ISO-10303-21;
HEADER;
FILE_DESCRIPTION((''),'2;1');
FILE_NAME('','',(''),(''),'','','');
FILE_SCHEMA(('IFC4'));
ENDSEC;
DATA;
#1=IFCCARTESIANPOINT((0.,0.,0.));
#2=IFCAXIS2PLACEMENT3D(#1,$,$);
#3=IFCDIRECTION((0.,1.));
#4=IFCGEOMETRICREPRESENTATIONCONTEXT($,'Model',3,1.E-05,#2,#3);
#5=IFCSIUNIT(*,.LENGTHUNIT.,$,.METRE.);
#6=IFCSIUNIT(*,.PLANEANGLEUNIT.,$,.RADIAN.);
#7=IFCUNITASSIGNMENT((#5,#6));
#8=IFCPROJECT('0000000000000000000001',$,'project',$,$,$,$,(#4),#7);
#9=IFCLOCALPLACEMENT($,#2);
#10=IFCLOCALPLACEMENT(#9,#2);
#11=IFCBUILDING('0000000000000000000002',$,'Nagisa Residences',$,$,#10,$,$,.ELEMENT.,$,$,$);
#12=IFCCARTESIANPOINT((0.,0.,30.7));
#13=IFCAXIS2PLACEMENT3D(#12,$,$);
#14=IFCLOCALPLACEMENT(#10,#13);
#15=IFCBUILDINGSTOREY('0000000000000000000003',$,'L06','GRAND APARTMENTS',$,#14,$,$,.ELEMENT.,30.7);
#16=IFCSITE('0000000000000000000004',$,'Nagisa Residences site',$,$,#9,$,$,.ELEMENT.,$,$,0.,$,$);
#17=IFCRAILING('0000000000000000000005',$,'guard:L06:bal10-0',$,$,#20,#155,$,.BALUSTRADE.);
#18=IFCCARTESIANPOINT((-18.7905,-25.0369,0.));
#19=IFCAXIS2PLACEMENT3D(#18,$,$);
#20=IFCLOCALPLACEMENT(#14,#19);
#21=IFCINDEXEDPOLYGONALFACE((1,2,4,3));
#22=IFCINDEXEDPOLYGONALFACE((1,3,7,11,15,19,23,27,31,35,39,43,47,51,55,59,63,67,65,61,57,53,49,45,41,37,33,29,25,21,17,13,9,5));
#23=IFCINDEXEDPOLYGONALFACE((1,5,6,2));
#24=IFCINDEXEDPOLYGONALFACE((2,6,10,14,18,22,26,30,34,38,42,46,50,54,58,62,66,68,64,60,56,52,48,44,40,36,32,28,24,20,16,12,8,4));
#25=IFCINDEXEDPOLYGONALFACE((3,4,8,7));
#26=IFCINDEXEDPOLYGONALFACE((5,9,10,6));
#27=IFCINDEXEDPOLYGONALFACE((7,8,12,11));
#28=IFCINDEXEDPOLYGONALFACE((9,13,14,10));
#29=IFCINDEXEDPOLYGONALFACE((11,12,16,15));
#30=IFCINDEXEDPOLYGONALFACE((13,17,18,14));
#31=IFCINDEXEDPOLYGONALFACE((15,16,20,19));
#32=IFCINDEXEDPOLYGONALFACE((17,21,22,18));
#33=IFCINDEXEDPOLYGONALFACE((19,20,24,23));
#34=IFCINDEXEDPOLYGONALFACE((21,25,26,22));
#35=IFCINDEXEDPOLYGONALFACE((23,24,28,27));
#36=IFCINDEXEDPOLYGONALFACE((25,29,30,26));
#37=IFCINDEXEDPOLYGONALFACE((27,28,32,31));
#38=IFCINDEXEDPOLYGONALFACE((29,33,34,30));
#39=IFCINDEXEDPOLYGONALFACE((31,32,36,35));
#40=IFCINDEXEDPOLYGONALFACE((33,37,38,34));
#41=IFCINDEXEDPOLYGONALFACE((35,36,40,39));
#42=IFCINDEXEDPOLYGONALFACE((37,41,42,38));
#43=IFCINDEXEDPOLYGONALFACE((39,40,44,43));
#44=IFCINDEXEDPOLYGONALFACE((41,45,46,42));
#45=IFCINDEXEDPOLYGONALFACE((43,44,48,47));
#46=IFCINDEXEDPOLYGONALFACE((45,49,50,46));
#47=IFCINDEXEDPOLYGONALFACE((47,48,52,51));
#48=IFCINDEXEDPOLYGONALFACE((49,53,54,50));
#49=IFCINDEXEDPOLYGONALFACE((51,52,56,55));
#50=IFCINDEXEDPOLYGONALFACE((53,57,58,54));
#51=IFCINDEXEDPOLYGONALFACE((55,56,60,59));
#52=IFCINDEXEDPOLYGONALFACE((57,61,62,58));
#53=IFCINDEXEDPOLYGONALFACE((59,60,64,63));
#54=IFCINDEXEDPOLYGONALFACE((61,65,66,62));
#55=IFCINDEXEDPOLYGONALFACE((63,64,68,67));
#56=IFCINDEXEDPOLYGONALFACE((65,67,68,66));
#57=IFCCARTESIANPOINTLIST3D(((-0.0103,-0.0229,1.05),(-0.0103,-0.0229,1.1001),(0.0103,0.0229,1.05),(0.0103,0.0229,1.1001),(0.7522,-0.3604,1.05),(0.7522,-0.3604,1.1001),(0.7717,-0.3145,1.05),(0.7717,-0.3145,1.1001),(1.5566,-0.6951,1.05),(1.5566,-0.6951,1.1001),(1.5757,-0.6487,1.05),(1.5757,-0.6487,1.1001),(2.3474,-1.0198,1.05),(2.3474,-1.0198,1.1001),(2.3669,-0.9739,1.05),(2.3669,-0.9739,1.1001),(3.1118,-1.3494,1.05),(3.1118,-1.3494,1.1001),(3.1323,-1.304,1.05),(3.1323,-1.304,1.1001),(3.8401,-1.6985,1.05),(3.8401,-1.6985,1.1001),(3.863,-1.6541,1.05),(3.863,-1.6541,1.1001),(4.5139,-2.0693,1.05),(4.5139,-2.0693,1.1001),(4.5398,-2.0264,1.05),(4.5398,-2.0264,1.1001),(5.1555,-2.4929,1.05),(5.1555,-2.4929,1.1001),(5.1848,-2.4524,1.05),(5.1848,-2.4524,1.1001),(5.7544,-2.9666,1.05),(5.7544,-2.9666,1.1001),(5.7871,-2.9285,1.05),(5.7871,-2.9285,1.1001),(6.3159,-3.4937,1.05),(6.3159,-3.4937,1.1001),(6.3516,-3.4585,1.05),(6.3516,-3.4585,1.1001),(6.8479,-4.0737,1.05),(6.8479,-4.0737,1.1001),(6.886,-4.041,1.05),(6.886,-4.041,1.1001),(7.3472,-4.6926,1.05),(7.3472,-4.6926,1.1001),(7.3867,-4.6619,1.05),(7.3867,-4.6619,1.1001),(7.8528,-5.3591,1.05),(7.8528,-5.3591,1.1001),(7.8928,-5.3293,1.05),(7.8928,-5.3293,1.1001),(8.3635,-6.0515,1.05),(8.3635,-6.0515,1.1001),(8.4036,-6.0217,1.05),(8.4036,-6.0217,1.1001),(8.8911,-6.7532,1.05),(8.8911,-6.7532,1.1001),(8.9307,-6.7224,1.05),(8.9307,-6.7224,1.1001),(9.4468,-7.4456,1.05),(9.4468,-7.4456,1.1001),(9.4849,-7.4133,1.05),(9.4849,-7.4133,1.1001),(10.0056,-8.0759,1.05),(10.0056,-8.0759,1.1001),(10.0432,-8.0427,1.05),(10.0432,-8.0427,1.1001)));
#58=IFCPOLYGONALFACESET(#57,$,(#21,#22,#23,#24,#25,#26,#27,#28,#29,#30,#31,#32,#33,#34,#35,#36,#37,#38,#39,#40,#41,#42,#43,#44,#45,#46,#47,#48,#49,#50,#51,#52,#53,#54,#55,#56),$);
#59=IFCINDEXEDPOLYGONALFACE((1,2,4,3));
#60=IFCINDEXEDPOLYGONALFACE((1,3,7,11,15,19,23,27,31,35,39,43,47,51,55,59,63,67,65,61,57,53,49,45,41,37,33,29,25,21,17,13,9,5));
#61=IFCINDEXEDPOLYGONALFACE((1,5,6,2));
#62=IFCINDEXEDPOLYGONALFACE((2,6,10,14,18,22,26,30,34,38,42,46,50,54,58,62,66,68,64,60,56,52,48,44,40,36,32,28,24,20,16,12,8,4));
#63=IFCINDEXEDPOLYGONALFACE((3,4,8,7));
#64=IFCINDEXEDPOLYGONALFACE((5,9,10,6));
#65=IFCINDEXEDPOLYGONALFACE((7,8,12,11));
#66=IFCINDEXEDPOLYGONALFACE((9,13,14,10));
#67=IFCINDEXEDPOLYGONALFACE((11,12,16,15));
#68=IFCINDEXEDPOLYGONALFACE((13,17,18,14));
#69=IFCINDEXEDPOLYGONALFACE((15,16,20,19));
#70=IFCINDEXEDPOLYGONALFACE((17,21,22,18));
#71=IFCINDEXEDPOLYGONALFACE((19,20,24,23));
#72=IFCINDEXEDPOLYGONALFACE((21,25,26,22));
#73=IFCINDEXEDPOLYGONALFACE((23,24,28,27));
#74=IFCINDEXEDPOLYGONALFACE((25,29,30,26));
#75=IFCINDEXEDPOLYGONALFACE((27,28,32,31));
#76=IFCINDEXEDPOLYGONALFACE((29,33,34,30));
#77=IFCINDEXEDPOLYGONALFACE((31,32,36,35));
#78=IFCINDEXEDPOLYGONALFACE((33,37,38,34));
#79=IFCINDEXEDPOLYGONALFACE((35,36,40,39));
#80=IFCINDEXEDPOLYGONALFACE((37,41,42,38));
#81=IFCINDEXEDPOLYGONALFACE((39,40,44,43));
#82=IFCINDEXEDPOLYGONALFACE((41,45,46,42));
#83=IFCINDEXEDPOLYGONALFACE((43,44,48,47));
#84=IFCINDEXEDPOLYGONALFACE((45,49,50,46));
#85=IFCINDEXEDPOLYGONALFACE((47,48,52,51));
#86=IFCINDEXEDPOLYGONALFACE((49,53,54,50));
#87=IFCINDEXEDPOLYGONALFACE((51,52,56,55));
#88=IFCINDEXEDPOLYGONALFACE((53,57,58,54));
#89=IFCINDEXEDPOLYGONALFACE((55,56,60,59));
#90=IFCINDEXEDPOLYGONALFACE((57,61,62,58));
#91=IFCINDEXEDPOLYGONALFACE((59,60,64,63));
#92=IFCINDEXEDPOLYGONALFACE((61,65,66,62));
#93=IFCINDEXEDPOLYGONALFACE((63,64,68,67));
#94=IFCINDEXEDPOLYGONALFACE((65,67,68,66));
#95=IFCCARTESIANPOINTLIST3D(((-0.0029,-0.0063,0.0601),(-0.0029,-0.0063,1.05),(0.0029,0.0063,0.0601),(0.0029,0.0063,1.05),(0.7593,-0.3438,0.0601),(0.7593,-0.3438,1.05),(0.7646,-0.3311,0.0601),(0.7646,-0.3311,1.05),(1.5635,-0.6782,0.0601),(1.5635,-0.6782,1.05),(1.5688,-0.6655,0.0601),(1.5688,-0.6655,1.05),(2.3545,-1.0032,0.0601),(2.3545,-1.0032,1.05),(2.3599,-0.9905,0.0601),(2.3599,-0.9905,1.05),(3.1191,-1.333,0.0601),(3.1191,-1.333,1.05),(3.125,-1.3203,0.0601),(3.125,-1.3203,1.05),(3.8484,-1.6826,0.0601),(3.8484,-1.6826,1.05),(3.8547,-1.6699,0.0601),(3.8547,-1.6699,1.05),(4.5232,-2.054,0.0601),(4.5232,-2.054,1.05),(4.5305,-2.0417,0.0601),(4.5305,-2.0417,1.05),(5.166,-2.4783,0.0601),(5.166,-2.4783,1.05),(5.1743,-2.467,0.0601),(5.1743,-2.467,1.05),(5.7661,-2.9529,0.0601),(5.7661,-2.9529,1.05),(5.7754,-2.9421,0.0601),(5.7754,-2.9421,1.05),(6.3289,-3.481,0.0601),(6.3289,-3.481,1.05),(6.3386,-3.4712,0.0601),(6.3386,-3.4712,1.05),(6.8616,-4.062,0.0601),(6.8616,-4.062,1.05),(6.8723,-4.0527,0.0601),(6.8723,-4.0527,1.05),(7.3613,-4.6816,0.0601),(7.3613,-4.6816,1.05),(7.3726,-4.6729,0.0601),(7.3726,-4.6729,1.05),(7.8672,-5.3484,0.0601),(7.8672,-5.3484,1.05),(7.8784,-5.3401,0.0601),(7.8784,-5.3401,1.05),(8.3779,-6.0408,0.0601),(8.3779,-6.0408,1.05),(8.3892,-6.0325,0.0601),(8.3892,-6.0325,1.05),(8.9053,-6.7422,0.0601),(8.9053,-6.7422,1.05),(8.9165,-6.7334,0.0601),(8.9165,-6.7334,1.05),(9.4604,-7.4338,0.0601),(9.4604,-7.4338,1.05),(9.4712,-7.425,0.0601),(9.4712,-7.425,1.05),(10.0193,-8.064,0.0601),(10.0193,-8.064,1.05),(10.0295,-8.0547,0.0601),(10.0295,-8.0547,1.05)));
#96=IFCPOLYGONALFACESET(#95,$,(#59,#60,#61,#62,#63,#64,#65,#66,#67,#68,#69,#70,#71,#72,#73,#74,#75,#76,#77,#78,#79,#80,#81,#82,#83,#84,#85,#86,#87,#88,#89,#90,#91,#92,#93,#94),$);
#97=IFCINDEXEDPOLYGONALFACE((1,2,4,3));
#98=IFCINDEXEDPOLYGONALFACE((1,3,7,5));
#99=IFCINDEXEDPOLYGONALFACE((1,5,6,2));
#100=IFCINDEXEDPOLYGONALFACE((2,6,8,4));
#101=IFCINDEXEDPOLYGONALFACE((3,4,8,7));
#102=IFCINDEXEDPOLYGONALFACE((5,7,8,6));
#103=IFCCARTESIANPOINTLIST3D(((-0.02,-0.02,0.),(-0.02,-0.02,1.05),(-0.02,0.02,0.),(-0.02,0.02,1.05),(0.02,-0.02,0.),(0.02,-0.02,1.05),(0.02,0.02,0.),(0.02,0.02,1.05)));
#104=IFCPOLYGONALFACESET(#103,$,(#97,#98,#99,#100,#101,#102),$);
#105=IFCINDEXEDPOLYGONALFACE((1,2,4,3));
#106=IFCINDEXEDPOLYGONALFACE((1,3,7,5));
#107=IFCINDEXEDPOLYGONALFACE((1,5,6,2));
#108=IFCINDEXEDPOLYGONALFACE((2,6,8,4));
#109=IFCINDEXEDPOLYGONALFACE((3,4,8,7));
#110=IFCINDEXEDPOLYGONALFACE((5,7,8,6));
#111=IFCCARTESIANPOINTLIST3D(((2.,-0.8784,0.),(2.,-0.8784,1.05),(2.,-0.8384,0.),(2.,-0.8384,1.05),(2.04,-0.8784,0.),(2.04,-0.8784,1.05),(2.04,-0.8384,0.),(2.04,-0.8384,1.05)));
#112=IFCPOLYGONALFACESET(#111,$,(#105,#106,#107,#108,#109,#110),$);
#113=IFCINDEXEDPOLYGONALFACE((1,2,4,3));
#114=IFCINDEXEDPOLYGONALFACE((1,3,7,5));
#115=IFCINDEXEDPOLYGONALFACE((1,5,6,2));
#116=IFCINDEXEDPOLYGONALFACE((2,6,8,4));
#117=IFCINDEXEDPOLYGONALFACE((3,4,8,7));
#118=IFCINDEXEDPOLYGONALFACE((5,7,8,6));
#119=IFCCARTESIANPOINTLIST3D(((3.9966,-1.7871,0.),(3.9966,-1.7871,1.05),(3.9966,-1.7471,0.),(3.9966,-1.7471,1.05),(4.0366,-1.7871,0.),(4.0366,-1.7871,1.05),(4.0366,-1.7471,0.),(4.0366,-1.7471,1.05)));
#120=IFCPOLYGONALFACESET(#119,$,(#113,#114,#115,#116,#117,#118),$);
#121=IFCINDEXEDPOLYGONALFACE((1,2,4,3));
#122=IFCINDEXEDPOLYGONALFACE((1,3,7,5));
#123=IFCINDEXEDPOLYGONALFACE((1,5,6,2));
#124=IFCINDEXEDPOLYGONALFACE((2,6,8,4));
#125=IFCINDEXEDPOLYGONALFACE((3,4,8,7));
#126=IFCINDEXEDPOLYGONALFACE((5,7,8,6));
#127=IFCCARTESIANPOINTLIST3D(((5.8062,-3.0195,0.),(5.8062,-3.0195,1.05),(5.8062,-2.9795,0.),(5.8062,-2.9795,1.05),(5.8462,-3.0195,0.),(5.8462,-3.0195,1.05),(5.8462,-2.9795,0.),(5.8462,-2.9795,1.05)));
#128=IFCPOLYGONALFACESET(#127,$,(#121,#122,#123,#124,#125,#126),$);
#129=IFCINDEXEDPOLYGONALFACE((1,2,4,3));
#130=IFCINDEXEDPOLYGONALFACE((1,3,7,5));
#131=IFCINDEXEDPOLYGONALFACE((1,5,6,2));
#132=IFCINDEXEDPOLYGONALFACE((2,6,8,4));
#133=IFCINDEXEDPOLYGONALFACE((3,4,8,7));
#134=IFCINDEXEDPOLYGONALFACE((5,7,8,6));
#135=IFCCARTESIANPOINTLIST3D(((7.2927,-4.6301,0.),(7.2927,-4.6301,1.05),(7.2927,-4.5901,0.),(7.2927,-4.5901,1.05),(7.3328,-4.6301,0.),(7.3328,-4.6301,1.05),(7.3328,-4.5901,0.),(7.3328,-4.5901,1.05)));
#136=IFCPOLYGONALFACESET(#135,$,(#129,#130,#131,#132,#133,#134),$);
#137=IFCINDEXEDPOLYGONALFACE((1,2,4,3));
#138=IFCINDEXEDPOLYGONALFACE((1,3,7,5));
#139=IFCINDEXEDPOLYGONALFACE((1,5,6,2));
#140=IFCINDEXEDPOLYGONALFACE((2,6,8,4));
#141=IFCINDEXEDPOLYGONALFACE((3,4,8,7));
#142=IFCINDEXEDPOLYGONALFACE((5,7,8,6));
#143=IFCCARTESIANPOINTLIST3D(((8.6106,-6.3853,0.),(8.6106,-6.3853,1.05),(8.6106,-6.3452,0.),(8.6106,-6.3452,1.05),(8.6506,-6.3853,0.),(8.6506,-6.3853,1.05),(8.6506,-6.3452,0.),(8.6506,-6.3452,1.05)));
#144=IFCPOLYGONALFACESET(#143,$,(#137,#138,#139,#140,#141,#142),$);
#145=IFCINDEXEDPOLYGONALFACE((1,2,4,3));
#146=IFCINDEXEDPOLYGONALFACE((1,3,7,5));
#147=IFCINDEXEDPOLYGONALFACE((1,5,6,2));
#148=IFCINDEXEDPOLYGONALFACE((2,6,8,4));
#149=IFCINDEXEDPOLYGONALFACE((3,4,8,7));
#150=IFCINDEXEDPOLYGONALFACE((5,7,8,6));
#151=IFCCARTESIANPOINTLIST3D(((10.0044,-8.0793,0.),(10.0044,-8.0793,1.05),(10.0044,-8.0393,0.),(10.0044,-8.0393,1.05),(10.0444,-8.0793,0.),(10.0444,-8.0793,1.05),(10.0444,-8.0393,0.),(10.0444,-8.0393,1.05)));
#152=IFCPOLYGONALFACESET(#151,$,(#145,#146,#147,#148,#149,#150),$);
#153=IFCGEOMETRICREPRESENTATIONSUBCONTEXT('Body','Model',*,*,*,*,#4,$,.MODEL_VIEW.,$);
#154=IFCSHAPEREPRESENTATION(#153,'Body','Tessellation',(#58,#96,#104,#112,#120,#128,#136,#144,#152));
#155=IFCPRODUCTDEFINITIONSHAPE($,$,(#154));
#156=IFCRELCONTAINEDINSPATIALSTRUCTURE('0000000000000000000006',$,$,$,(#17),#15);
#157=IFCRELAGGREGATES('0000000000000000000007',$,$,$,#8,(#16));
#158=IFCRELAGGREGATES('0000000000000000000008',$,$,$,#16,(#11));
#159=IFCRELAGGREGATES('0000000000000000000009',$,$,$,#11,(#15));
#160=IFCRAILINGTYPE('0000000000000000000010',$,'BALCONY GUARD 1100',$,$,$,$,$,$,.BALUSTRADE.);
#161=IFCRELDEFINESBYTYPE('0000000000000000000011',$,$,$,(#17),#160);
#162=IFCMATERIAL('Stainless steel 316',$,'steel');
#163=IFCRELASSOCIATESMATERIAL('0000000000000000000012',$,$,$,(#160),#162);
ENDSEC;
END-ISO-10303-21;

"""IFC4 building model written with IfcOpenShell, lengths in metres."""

from ifc_helpers import new_model, si_unit, direction, frame, origin, origin_2d, place, context, subcontext, project, spatial, polyline, rectangle, outline, extrude, material, type_object, element, save


model = new_model("IFC4")

# Units and contexts
model_context = context("Model", 3, precision=1e-05, world=origin(), true_north=direction((0.0, 1.0)))
body_context = subcontext(model_context, "Body", "Model", "MODEL_VIEW")
ifc_project = project(units=[si_unit("LENGTHUNIT", "METRE"), si_unit("PLANEANGLEUNIT", "RADIAN")], contexts=[model_context])

# Site, building, storey
site_placement = place(None, origin())
site = spatial("IfcSite", under=ifc_project, at=site_placement, Name="Nagisa Residences site", CompositionType="ELEMENT", RefElevation=0.0)
building_placement = place(site_placement, origin())
building = spatial("IfcBuilding", under=site, at=building_placement, Name="Nagisa Residences", CompositionType="ELEMENT")
storey_placement = place(building_placement, frame((0.0, 0.0, 30.7)))
storey = spatial("IfcBuildingStorey", under=building, at=storey_placement, Name="L06", Description="GRAND APARTMENTS", CompositionType="ELEMENT", Elevation=30.7)

# Railing
ifc_material_1 = material(Name="Stainless steel 316", Category="steel")
railing_type = type_object("IfcRailingType", Name="BALCONY GUARD 1100", PredefinedType="BALUSTRADE", material=ifc_material_1)
railing_1_placement = place(storey_placement, frame((-18.7905, -25.0369, 0.0)))
element("IfcRailing", 1, at=railing_1_placement, inside=storey, type_object=railing_type, Name="guard:L06:bal10-0", PredefinedType="BALUSTRADE", context=body_context, shape_type="SweptSolid", body=[
    extrude(outline(polyline([(0.7717, -0.3145), (0.0103, 0.0229), (-0.0103, -0.0229), (0.7522, -0.3604), (1.5566, -0.6951), (2.3474, -1.0198), (3.1118, -1.3494), (3.8401, -1.6985), (4.5139, -2.0693), (5.1555, -2.4929), (5.7544, -2.9666), (6.3159, -3.4937), (6.8479, -4.0737), (7.3472, -4.6926), (7.8528, -5.3591), (8.3635, -6.0515), (8.8911, -6.7532), (9.4468, -7.4456), (10.0056, -8.0759), (10.0432, -8.0427), (9.4849, -7.4133), (8.9307, -6.7224), (8.4036, -6.0217), (7.8928, -5.3293), (7.3867, -4.6619), (6.886, -4.041), (6.3516, -3.4585), (5.7871, -2.9285), (5.1848, -2.4524), (4.5398, -2.0264), (3.863, -1.6541), (3.1323, -1.304), (2.3669, -0.9739), (1.5757, -0.6487), (0.7717, -0.3145)])), frame((0.0, 0.0, 1.05)), (0.0, 0.0, 1.0), 0.05),
    extrude(outline(polyline([(0.7646, -0.3311), (0.0029, 0.0063), (-0.0029, -0.0063), (0.7593, -0.3438), (1.5635, -0.6782), (2.3545, -1.0032), (3.1191, -1.333), (3.8484, -1.6826), (4.5232, -2.054), (5.166, -2.4783), (5.7661, -2.9529), (6.3289, -3.481), (6.8616, -4.062), (7.3613, -4.6816), (7.8672, -5.3484), (8.3779, -6.0408), (8.9053, -6.7422), (9.4604, -7.4338), (10.0193, -8.064), (10.0295, -8.0547), (9.4712, -7.425), (8.9165, -6.7334), (8.3892, -6.0325), (7.8784, -5.3401), (7.3726, -4.6729), (6.8723, -4.0527), (6.3386, -3.4712), (5.7754, -2.9421), (5.1743, -2.467), (4.5305, -2.0417), (3.8547, -1.6699), (3.125, -1.3203), (2.3599, -0.9905), (1.5688, -0.6655), (0.7646, -0.3311)])), frame((0.0, 0.0, 0.0601)), (0.0, 0.0, 1.0), 0.99),
    extrude(rectangle(XDim=0.04, YDim=0.04, at=origin_2d()), origin(), (0.0, 0.0, 1.0), 1.05),
    extrude(rectangle(XDim=0.04, YDim=0.04, at=origin_2d()), frame((2.02, -0.8584, 0.0)), (0.0, 0.0, 1.0), 1.05),
    extrude(rectangle(XDim=0.04, YDim=0.04, at=origin_2d()), frame((4.0166, -1.7671, 0.0)), (0.0, 0.0, 1.0), 1.05),
    extrude(rectangle(XDim=0.04, YDim=0.04, at=origin_2d()), frame((5.8262, -2.9995, 0.0)), (0.0, 0.0, 1.0), 1.05),
    extrude(rectangle(XDim=0.04, YDim=0.04, at=origin_2d()), frame((7.3127, -4.6101, 0.0)), (0.0, 0.0, 1.0), 1.05),
    extrude(rectangle(XDim=0.04, YDim=0.04, at=origin_2d()), frame((8.6306, -6.3652, 0.0)), (0.0, 0.0, 1.0), 1.05),
    extrude(rectangle(XDim=0.04, YDim=0.04, at=origin_2d()), frame((10.0244, -8.0593, 0.0)), (0.0, 0.0, 1.0), 1.05),
])

save(model, "model.ifc")
